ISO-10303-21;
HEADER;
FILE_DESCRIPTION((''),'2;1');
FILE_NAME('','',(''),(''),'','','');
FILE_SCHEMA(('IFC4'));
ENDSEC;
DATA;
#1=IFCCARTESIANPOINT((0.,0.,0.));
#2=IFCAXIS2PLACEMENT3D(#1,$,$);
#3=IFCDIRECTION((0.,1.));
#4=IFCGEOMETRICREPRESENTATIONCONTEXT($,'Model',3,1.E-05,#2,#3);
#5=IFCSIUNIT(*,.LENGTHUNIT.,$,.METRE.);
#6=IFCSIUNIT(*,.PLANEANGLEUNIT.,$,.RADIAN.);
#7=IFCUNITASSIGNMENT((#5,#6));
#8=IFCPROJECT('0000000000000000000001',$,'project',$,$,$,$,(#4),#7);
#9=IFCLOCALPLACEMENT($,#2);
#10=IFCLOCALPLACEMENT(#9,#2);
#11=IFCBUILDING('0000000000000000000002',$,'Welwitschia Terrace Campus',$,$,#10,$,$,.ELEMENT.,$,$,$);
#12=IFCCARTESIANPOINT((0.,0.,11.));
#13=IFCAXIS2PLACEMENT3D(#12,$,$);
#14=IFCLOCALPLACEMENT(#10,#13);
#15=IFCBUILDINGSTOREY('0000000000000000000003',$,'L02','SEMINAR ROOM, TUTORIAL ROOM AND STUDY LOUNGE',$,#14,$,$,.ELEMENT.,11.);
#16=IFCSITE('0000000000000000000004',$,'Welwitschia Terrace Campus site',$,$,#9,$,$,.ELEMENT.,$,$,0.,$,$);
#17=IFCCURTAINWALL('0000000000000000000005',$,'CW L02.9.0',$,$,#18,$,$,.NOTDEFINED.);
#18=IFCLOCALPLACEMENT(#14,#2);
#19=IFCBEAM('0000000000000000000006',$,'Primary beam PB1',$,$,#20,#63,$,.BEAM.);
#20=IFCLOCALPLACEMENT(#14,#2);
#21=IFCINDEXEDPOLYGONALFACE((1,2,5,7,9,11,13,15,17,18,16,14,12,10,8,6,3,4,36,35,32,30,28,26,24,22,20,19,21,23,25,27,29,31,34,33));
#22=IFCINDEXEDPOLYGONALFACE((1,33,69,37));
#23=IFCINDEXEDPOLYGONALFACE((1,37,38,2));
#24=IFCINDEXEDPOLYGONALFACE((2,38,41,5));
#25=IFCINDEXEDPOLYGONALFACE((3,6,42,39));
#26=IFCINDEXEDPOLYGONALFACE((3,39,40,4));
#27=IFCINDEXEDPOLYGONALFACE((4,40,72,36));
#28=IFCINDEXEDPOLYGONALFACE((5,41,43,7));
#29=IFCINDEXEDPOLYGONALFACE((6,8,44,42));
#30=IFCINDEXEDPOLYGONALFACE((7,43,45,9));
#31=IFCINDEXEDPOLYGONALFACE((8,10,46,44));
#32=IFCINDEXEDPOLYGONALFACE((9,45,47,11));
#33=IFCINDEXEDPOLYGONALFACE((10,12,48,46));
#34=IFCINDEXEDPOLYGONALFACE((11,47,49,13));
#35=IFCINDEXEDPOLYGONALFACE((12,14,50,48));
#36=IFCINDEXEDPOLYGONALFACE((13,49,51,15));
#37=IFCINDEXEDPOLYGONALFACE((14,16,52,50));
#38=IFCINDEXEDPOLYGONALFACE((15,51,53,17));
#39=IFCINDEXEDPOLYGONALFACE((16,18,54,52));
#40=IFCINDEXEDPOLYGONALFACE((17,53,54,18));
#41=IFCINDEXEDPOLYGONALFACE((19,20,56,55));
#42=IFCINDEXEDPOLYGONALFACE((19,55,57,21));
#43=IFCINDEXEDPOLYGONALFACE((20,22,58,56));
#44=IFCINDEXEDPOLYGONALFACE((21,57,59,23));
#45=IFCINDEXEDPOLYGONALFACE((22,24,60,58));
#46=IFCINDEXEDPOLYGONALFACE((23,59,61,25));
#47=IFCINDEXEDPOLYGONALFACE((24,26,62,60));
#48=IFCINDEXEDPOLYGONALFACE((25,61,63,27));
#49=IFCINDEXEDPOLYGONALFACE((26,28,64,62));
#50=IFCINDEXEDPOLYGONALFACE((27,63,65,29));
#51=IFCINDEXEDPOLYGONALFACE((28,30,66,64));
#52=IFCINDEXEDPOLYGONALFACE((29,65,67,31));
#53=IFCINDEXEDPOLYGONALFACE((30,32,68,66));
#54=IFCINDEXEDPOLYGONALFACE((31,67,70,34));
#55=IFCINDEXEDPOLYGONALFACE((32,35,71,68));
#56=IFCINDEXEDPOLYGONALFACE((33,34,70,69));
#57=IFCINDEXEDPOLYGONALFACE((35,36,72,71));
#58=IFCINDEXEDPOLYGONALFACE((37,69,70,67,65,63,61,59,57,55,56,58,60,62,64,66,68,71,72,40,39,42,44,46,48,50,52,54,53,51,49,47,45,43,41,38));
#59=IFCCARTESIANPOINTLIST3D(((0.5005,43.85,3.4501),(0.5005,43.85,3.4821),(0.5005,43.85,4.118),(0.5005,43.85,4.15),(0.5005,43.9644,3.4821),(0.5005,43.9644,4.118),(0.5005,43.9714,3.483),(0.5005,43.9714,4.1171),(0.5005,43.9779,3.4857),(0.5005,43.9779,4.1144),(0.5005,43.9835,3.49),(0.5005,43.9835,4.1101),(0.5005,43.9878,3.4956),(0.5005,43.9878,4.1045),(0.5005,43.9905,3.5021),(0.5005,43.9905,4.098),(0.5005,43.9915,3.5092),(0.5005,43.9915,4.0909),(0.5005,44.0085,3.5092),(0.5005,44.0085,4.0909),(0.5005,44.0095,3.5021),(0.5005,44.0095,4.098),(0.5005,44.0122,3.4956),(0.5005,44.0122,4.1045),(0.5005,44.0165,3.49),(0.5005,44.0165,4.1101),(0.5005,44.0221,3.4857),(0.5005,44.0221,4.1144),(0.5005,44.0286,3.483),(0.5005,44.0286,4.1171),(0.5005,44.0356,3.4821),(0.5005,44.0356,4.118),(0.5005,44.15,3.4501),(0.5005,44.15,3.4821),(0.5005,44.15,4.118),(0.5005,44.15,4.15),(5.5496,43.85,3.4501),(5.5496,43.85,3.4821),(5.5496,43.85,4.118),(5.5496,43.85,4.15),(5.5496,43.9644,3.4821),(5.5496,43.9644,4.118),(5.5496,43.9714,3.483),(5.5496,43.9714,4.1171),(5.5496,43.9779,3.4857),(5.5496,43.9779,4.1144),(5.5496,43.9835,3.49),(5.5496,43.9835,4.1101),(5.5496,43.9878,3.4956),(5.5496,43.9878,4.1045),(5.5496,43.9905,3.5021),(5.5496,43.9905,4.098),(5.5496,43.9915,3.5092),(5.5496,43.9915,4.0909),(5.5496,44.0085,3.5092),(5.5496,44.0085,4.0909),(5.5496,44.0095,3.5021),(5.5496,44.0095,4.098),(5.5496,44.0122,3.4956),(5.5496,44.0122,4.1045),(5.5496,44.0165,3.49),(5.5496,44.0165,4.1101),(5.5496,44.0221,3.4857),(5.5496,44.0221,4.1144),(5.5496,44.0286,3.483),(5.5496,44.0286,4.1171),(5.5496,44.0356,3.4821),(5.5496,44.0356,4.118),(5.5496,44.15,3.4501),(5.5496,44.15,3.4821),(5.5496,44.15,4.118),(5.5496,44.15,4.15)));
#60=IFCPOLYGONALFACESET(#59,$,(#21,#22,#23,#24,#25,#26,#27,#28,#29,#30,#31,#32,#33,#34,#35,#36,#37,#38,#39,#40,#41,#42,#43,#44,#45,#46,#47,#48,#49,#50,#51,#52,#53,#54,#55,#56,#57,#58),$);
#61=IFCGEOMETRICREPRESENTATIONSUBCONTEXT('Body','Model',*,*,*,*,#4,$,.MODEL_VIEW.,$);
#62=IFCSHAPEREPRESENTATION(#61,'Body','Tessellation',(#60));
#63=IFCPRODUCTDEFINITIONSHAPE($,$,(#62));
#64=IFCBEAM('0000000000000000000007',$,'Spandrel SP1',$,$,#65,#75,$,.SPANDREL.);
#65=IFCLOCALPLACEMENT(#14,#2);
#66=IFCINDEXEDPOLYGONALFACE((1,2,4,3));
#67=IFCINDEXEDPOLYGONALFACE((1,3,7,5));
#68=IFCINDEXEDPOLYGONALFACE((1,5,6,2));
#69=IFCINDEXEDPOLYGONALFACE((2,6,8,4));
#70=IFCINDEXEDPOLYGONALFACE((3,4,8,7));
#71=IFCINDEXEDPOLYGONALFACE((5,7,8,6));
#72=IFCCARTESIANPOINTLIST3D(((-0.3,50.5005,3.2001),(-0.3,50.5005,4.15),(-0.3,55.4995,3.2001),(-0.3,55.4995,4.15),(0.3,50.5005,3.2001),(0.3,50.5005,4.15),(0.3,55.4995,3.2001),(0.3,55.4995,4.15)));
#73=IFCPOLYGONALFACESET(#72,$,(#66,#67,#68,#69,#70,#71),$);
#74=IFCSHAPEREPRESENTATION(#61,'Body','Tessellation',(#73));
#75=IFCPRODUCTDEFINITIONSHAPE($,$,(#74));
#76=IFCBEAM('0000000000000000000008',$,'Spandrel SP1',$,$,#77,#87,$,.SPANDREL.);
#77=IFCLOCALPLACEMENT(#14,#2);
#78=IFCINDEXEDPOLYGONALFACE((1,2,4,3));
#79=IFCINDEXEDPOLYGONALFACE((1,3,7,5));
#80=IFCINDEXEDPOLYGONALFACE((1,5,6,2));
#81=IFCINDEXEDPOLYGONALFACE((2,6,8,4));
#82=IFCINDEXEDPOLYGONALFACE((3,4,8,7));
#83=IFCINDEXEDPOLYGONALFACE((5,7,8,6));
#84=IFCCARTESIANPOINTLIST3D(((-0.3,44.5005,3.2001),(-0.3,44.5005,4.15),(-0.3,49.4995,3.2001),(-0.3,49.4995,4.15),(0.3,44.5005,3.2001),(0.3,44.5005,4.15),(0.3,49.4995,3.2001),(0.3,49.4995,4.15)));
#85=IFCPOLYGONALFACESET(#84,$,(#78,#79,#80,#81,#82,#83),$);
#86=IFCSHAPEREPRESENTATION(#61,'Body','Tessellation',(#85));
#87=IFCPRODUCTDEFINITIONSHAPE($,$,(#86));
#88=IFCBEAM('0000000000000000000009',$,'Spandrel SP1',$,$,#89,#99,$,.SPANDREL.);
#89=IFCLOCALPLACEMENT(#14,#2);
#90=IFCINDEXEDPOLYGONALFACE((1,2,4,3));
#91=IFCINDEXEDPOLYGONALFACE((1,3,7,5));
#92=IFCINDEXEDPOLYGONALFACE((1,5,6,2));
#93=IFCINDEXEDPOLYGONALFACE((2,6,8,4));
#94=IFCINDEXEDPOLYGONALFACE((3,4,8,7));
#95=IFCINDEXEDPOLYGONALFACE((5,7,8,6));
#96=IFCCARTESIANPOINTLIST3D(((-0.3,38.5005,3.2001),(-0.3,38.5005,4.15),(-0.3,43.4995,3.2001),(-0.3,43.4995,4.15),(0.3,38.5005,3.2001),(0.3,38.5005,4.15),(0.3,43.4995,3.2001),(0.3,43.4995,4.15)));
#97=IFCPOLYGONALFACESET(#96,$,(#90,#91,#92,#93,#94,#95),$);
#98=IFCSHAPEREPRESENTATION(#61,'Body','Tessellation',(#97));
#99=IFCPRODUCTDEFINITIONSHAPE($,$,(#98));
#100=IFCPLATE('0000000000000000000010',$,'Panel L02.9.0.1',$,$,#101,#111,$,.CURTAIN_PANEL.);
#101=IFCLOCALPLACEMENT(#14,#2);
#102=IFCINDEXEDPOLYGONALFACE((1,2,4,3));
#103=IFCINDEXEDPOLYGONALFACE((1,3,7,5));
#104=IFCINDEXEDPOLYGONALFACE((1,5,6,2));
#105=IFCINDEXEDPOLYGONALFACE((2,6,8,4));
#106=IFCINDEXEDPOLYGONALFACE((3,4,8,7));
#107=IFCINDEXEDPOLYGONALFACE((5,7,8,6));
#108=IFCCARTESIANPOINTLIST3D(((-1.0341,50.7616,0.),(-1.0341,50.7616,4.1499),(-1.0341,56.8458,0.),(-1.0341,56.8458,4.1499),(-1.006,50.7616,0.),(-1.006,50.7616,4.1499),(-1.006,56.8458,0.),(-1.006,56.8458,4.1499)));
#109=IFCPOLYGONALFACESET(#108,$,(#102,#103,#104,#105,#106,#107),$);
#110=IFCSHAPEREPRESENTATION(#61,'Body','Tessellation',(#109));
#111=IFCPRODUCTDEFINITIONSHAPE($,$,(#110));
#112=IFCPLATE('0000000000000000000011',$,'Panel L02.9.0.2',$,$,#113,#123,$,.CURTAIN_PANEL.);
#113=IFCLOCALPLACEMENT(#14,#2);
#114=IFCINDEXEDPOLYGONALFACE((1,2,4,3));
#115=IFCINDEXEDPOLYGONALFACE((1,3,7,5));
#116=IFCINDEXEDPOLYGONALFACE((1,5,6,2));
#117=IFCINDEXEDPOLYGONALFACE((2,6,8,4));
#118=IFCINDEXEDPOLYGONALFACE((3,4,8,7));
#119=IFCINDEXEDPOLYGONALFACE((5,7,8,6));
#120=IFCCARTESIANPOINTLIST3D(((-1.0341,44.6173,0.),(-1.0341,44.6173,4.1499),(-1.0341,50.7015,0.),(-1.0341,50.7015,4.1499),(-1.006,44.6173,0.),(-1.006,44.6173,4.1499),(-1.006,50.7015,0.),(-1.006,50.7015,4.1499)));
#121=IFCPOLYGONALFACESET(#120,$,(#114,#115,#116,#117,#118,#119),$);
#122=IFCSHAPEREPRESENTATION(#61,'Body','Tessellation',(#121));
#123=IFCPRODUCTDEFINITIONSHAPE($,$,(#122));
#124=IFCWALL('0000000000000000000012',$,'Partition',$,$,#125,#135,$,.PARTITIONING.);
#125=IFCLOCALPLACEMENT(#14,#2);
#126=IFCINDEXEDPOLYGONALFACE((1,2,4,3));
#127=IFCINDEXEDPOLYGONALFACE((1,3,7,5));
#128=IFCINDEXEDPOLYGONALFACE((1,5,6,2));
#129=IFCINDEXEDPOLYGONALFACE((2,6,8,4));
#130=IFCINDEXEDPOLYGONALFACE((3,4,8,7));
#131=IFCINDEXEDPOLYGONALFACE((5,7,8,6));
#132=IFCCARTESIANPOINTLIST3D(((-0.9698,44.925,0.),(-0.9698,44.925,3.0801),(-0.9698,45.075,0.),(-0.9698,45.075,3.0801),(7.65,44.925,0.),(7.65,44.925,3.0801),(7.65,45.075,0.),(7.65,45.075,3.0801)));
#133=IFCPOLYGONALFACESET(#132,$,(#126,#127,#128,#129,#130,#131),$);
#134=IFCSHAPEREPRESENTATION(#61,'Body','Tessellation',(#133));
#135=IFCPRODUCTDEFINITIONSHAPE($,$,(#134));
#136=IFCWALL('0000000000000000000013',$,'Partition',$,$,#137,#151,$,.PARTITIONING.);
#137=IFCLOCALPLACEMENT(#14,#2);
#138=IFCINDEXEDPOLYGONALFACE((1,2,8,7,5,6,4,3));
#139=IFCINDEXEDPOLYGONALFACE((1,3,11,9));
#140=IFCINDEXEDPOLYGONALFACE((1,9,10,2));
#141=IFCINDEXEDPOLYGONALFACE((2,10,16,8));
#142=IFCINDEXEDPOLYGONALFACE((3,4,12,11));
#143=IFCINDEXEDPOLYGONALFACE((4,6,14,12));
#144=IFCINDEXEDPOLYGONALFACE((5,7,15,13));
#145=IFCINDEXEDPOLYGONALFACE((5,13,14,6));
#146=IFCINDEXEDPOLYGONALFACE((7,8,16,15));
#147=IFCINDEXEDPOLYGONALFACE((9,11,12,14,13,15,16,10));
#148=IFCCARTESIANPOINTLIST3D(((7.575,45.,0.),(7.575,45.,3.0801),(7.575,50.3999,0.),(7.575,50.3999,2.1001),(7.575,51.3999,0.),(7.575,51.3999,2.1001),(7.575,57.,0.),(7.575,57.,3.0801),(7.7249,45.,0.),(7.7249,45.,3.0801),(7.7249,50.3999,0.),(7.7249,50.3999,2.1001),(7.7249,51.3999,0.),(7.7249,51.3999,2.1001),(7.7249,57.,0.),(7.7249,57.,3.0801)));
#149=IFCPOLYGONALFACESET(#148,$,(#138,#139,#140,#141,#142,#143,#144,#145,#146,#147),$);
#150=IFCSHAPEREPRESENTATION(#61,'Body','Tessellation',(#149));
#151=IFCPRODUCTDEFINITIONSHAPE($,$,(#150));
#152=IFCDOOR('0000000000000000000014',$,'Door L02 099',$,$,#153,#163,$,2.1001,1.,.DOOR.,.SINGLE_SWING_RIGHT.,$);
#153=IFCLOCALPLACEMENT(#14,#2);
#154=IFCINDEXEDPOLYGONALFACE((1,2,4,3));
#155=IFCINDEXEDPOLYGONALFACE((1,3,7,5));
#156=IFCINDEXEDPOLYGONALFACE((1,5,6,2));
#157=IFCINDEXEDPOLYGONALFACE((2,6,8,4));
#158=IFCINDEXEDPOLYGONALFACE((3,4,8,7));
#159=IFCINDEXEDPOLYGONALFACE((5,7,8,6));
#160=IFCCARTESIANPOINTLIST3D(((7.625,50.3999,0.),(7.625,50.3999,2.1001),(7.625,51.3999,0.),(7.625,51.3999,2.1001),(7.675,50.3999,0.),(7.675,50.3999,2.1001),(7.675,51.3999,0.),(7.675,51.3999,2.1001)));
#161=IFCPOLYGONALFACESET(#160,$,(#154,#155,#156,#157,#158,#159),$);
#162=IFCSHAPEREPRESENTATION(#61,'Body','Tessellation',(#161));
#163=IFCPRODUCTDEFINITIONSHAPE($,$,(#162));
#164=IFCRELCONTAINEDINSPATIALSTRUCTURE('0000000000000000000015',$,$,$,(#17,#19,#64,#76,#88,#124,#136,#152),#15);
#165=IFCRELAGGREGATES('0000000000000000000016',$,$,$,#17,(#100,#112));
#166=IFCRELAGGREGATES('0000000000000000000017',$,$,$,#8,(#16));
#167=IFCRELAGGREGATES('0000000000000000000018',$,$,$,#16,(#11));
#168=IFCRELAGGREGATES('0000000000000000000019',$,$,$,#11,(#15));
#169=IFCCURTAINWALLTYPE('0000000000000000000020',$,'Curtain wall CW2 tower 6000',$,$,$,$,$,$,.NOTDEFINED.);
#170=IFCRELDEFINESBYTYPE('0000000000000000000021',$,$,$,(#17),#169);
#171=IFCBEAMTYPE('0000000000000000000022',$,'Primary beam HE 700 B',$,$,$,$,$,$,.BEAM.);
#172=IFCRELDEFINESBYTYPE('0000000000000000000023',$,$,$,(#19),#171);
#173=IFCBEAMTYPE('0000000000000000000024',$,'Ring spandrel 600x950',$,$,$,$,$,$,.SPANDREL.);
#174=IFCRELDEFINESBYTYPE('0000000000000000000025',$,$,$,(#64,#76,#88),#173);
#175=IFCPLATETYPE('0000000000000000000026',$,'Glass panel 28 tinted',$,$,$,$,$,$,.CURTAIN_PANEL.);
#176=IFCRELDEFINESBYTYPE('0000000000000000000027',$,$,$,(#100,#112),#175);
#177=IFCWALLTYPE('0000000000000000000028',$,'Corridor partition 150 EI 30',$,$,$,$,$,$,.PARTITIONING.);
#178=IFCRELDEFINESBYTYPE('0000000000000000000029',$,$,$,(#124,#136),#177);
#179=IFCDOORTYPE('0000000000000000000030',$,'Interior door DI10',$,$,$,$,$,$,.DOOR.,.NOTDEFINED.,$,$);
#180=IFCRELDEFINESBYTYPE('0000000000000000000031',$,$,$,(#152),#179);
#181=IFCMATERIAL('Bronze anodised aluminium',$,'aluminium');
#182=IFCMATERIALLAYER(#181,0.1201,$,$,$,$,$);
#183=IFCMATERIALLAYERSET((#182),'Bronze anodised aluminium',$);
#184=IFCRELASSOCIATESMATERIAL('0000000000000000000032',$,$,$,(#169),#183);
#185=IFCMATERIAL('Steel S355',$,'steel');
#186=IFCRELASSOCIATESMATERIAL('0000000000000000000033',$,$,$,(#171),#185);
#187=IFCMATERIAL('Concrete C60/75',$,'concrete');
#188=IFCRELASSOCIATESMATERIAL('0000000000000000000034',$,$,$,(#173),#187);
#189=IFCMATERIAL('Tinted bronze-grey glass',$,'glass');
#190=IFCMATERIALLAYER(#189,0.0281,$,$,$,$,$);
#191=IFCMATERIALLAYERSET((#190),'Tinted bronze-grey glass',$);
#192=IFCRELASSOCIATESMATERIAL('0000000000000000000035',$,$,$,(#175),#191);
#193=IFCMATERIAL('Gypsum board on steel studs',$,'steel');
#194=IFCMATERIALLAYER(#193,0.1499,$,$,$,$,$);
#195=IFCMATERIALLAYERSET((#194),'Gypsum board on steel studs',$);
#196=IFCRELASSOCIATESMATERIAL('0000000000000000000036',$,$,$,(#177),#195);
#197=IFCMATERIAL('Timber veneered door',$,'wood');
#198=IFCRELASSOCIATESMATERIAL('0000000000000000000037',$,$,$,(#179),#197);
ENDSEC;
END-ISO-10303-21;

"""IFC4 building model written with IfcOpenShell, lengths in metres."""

from ifc_helpers import new_model, si_unit, direction, frame, frame_2d, origin, origin_2d, place, context, subcontext, project, spatial, rectangle, i_section, extrude, material, layer, layer_set, material_profile, profile_set, type_object, element, fill, aggregate, save


model = new_model("IFC4")

# Units and contexts
model_context = context("Model", 3, precision=1e-05, world=origin(), true_north=direction((0.0, 1.0)))
body_context = subcontext(model_context, "Body", "Model", "MODEL_VIEW")
ifc_project = project(units=[si_unit("LENGTHUNIT", "METRE"), si_unit("PLANEANGLEUNIT", "RADIAN")], contexts=[model_context])

# Site, building, storey
site_placement = place(None, origin())
site = spatial("IfcSite", under=ifc_project, at=site_placement, Name="Welwitschia Terrace Campus site", CompositionType="ELEMENT", RefElevation=0.0)
building_placement = place(site_placement, origin())
building = spatial("IfcBuilding", under=site, at=building_placement, Name="Welwitschia Terrace Campus", CompositionType="ELEMENT")
storey_placement = place(building_placement, frame((0.0, 0.0, 11.0)))
storey = spatial("IfcBuildingStorey", under=building, at=storey_placement, Name="L02", Description="SEMINAR ROOM, TUTORIAL ROOM AND STUDY LOUNGE", CompositionType="ELEMENT", Elevation=11.0)

# Curtain wall
ifc_material_1 = material(Name="Bronze anodised aluminium", Category="aluminium")
ifc_layer_1 = layer(ifc_material_1, 0.1201)
ifc_layer_set_1 = layer_set([ifc_layer_1], Name="Bronze anodised aluminium")
curtain_wall_type = type_object("IfcCurtainWallType", Name="Curtain wall CW2 tower 6000", PredefinedType="NOTDEFINED", material=ifc_layer_set_1)
curtain_wall_placement = place(storey_placement, origin())
curtain_wall = element("IfcCurtainWall", 1, at=curtain_wall_placement, inside=storey, type_object=curtain_wall_type, Name="CW L02.9.0", PredefinedType="NOTDEFINED")

# Beams
ifc_material_2 = material(Name="Steel S355", Category="steel")
ifc_material_profile_1 = material_profile(ifc_material_2, i_section(OverallWidth=0.3, OverallDepth=0.7, WebThickness=0.0171, FlangeThickness=0.032, FilletRadius=0.0271, at=origin_2d()))
ifc_profile_set_1 = profile_set([ifc_material_profile_1], Name="Steel S355")
beam_type_1 = type_object("IfcBeamType", Name="Primary beam HE 700 B", PredefinedType="BEAM", material=ifc_profile_set_1)
for number, where, z_axis, x_axis, name in (
    (2, (0.5005, 44.0, 3.8), (1.0, 0.0, 0.0), (0.0, 1.0, 0.0), "Primary beam PB1"),
):
    element("IfcBeam", number, at=place(storey_placement, frame(where, z_axis=z_axis, x_axis=x_axis)), inside=storey, type_object=beam_type_1, Name=name, PredefinedType="BEAM", context=body_context, shape_type="SweptSolid", body=[
        extrude(i_section(OverallWidth=0.3, OverallDepth=0.7, WebThickness=0.0171, FlangeThickness=0.032, FilletRadius=0.0271, at=origin_2d()), origin(), (0.0, 0.0, 1.0), 5.0491),
    ])
ifc_material_3 = material(Name="Concrete C60/75", Category="concrete")
ifc_material_profile_2 = material_profile(ifc_material_3, rectangle(XDim=0.6001, YDim=0.95, at=origin_2d()))
ifc_profile_set_2 = profile_set([ifc_material_profile_2], Name="Concrete C60/75")
beam_type_2 = type_object("IfcBeamType", Name="Ring spandrel 600x950", PredefinedType="SPANDREL", material=ifc_profile_set_2)
for number, where, z_axis, x_axis, name in (
    (3, (0.0, 55.4995, 3.675), (0.0, -1.0, 0.0), (1.0, 0.0, 0.0), "Spandrel SP1"),
    (4, (0.0, 49.4995, 3.675), (0.0, -1.0, 0.0), (1.0, 0.0, 0.0), "Spandrel SP1"),
    (5, (0.0, 43.4995, 3.675), (0.0, -1.0, 0.0), (1.0, 0.0, 0.0), "Spandrel SP1"),
):
    element("IfcBeam", number, at=place(storey_placement, frame(where, z_axis=z_axis, x_axis=x_axis)), inside=storey, type_object=beam_type_2, Name=name, PredefinedType="SPANDREL", context=body_context, shape_type="SweptSolid", body=[
        extrude(rectangle(XDim=0.6001, YDim=0.95, at=origin_2d()), origin(), (0.0, 0.0, 1.0), 4.999),
    ])

# Plates
ifc_material_4 = material(Name="Tinted bronze-grey glass", Category="glass")
ifc_layer_2 = layer(ifc_material_4, 0.0281)
ifc_layer_set_2 = layer_set([ifc_layer_2], Name="Tinted bronze-grey glass")
plate_type = type_object("IfcPlateType", Name="Glass panel 28 tinted", PredefinedType="CURTAIN_PANEL", material=ifc_layer_set_2)
plate_1_placement = place(storey_placement, frame((-1.02, 53.8037, 0.0), z_axis=(0.0, 0.0, 1.0), x_axis=(0.0, -1.0, 0.0)))
plate_1 = element("IfcPlate", 6, at=plate_1_placement, type_object=plate_type, Name="Panel L02.9.0.1", PredefinedType="CURTAIN_PANEL", context=body_context, shape_type="SweptSolid", body=[
    extrude(rectangle(XDim=6.0842, YDim=0.0281, at=origin_2d()), origin(), (0.0, 0.0, 1.0), 4.1499),
])
plate_2_placement = place(storey_placement, frame((-1.02, 47.6594, 0.0), z_axis=(0.0, 0.0, 1.0), x_axis=(0.0, -1.0, 0.0)))
plate_2 = element("IfcPlate", 7, at=plate_2_placement, type_object=plate_type, Name="Panel L02.9.0.2", PredefinedType="CURTAIN_PANEL", context=body_context, shape_type="SweptSolid", body=[
    extrude(rectangle(XDim=6.0842, YDim=0.0281, at=origin_2d()), origin(), (0.0, 0.0, 1.0), 4.1499),
])
aggregate(curtain_wall, [plate_1, plate_2])

# Wall
ifc_material_5 = material(Name="Gypsum board on steel studs", Category="steel")
ifc_layer_3 = layer(ifc_material_5, 0.1499)
ifc_layer_set_3 = layer_set([ifc_layer_3], Name="Gypsum board on steel studs")
wall_type_1 = type_object("IfcWallType", Name="Corridor partition 150 EI 30", PredefinedType="PARTITIONING", material=ifc_layer_set_3)
wall_1_placement = place(storey_placement, frame((-0.97, 45.0, 0.0), z_axis=(0.0, 0.0, 1.0), x_axis=(1.0, 0.0, 0.0)))
element("IfcWall", 8, at=wall_1_placement, inside=storey, type_object=wall_type_1, Name="Partition", PredefinedType="PARTITIONING", context=body_context, shape_type="SweptSolid", body=[
    extrude(rectangle(XDim=8.6199, YDim=0.1499, at=frame_2d((4.3101, 0.0))), origin(), (0.0, 0.0, 1.0), 3.0801),
])

# Wall, opening, door
wall_2_placement = place(storey_placement, frame((7.6499, 45.0, 0.0), z_axis=(0.0, 0.0, 1.0), x_axis=(0.0, 1.0, 0.0)))
wall_2 = element("IfcWall", 9, at=wall_2_placement, inside=storey, type_object=wall_type_1, Name="Partition", PredefinedType="PARTITIONING", context=body_context, shape_type="SweptSolid", body=[
    extrude(rectangle(XDim=12.0, YDim=0.1499, at=frame_2d((6.0, 0.0))), origin(), (0.0, 0.0, 1.0), 3.0801),
])
opening_1_placement = place(wall_2_placement, frame((5.3999, 0.0, 0.0)))
opening_1 = element("IfcOpeningElement", 10, at=opening_1_placement, cuts=wall_2, PredefinedType="OPENING", context=body_context, shape_type="SweptSolid", body=[
    extrude(rectangle(XDim=1.0, YDim=2.1001, at=frame_2d((0.5, 1.05))), frame((0.0, 0.085, 0.0), z_axis=(0.0, -1.0, 0.0), x_axis=(1.0, 0.0, 0.0)), (0.0, 0.0, 1.0), 0.1699),
])
ifc_material_6 = material(Name="Timber veneered door", Category="wood")
door_type = type_object("IfcDoorType", Name="Interior door DI10", OperationType="NOTDEFINED", PredefinedType="DOOR", material=ifc_material_6)
door_1_placement = place(opening_1_placement, origin())
door_1 = element("IfcDoor", 11, at=door_1_placement, inside=storey, type_object=door_type, Name="Door L02 099", OperationType="SINGLE_SWING_RIGHT", OverallHeight=2.1001, OverallWidth=1.0, PredefinedType="DOOR", context=body_context, shape_type="SweptSolid", body=[
    extrude(rectangle(XDim=1.0, YDim=2.1001, at=frame_2d((0.5, 1.05))), frame((0.0, 0.0249, 0.0), z_axis=(0.0, -1.0, 0.0), x_axis=(1.0, 0.0, 0.0)), (0.0, 0.0, 1.0), 0.05),
])
fill(opening_1, door_1)

save(model, "model.ifc")
